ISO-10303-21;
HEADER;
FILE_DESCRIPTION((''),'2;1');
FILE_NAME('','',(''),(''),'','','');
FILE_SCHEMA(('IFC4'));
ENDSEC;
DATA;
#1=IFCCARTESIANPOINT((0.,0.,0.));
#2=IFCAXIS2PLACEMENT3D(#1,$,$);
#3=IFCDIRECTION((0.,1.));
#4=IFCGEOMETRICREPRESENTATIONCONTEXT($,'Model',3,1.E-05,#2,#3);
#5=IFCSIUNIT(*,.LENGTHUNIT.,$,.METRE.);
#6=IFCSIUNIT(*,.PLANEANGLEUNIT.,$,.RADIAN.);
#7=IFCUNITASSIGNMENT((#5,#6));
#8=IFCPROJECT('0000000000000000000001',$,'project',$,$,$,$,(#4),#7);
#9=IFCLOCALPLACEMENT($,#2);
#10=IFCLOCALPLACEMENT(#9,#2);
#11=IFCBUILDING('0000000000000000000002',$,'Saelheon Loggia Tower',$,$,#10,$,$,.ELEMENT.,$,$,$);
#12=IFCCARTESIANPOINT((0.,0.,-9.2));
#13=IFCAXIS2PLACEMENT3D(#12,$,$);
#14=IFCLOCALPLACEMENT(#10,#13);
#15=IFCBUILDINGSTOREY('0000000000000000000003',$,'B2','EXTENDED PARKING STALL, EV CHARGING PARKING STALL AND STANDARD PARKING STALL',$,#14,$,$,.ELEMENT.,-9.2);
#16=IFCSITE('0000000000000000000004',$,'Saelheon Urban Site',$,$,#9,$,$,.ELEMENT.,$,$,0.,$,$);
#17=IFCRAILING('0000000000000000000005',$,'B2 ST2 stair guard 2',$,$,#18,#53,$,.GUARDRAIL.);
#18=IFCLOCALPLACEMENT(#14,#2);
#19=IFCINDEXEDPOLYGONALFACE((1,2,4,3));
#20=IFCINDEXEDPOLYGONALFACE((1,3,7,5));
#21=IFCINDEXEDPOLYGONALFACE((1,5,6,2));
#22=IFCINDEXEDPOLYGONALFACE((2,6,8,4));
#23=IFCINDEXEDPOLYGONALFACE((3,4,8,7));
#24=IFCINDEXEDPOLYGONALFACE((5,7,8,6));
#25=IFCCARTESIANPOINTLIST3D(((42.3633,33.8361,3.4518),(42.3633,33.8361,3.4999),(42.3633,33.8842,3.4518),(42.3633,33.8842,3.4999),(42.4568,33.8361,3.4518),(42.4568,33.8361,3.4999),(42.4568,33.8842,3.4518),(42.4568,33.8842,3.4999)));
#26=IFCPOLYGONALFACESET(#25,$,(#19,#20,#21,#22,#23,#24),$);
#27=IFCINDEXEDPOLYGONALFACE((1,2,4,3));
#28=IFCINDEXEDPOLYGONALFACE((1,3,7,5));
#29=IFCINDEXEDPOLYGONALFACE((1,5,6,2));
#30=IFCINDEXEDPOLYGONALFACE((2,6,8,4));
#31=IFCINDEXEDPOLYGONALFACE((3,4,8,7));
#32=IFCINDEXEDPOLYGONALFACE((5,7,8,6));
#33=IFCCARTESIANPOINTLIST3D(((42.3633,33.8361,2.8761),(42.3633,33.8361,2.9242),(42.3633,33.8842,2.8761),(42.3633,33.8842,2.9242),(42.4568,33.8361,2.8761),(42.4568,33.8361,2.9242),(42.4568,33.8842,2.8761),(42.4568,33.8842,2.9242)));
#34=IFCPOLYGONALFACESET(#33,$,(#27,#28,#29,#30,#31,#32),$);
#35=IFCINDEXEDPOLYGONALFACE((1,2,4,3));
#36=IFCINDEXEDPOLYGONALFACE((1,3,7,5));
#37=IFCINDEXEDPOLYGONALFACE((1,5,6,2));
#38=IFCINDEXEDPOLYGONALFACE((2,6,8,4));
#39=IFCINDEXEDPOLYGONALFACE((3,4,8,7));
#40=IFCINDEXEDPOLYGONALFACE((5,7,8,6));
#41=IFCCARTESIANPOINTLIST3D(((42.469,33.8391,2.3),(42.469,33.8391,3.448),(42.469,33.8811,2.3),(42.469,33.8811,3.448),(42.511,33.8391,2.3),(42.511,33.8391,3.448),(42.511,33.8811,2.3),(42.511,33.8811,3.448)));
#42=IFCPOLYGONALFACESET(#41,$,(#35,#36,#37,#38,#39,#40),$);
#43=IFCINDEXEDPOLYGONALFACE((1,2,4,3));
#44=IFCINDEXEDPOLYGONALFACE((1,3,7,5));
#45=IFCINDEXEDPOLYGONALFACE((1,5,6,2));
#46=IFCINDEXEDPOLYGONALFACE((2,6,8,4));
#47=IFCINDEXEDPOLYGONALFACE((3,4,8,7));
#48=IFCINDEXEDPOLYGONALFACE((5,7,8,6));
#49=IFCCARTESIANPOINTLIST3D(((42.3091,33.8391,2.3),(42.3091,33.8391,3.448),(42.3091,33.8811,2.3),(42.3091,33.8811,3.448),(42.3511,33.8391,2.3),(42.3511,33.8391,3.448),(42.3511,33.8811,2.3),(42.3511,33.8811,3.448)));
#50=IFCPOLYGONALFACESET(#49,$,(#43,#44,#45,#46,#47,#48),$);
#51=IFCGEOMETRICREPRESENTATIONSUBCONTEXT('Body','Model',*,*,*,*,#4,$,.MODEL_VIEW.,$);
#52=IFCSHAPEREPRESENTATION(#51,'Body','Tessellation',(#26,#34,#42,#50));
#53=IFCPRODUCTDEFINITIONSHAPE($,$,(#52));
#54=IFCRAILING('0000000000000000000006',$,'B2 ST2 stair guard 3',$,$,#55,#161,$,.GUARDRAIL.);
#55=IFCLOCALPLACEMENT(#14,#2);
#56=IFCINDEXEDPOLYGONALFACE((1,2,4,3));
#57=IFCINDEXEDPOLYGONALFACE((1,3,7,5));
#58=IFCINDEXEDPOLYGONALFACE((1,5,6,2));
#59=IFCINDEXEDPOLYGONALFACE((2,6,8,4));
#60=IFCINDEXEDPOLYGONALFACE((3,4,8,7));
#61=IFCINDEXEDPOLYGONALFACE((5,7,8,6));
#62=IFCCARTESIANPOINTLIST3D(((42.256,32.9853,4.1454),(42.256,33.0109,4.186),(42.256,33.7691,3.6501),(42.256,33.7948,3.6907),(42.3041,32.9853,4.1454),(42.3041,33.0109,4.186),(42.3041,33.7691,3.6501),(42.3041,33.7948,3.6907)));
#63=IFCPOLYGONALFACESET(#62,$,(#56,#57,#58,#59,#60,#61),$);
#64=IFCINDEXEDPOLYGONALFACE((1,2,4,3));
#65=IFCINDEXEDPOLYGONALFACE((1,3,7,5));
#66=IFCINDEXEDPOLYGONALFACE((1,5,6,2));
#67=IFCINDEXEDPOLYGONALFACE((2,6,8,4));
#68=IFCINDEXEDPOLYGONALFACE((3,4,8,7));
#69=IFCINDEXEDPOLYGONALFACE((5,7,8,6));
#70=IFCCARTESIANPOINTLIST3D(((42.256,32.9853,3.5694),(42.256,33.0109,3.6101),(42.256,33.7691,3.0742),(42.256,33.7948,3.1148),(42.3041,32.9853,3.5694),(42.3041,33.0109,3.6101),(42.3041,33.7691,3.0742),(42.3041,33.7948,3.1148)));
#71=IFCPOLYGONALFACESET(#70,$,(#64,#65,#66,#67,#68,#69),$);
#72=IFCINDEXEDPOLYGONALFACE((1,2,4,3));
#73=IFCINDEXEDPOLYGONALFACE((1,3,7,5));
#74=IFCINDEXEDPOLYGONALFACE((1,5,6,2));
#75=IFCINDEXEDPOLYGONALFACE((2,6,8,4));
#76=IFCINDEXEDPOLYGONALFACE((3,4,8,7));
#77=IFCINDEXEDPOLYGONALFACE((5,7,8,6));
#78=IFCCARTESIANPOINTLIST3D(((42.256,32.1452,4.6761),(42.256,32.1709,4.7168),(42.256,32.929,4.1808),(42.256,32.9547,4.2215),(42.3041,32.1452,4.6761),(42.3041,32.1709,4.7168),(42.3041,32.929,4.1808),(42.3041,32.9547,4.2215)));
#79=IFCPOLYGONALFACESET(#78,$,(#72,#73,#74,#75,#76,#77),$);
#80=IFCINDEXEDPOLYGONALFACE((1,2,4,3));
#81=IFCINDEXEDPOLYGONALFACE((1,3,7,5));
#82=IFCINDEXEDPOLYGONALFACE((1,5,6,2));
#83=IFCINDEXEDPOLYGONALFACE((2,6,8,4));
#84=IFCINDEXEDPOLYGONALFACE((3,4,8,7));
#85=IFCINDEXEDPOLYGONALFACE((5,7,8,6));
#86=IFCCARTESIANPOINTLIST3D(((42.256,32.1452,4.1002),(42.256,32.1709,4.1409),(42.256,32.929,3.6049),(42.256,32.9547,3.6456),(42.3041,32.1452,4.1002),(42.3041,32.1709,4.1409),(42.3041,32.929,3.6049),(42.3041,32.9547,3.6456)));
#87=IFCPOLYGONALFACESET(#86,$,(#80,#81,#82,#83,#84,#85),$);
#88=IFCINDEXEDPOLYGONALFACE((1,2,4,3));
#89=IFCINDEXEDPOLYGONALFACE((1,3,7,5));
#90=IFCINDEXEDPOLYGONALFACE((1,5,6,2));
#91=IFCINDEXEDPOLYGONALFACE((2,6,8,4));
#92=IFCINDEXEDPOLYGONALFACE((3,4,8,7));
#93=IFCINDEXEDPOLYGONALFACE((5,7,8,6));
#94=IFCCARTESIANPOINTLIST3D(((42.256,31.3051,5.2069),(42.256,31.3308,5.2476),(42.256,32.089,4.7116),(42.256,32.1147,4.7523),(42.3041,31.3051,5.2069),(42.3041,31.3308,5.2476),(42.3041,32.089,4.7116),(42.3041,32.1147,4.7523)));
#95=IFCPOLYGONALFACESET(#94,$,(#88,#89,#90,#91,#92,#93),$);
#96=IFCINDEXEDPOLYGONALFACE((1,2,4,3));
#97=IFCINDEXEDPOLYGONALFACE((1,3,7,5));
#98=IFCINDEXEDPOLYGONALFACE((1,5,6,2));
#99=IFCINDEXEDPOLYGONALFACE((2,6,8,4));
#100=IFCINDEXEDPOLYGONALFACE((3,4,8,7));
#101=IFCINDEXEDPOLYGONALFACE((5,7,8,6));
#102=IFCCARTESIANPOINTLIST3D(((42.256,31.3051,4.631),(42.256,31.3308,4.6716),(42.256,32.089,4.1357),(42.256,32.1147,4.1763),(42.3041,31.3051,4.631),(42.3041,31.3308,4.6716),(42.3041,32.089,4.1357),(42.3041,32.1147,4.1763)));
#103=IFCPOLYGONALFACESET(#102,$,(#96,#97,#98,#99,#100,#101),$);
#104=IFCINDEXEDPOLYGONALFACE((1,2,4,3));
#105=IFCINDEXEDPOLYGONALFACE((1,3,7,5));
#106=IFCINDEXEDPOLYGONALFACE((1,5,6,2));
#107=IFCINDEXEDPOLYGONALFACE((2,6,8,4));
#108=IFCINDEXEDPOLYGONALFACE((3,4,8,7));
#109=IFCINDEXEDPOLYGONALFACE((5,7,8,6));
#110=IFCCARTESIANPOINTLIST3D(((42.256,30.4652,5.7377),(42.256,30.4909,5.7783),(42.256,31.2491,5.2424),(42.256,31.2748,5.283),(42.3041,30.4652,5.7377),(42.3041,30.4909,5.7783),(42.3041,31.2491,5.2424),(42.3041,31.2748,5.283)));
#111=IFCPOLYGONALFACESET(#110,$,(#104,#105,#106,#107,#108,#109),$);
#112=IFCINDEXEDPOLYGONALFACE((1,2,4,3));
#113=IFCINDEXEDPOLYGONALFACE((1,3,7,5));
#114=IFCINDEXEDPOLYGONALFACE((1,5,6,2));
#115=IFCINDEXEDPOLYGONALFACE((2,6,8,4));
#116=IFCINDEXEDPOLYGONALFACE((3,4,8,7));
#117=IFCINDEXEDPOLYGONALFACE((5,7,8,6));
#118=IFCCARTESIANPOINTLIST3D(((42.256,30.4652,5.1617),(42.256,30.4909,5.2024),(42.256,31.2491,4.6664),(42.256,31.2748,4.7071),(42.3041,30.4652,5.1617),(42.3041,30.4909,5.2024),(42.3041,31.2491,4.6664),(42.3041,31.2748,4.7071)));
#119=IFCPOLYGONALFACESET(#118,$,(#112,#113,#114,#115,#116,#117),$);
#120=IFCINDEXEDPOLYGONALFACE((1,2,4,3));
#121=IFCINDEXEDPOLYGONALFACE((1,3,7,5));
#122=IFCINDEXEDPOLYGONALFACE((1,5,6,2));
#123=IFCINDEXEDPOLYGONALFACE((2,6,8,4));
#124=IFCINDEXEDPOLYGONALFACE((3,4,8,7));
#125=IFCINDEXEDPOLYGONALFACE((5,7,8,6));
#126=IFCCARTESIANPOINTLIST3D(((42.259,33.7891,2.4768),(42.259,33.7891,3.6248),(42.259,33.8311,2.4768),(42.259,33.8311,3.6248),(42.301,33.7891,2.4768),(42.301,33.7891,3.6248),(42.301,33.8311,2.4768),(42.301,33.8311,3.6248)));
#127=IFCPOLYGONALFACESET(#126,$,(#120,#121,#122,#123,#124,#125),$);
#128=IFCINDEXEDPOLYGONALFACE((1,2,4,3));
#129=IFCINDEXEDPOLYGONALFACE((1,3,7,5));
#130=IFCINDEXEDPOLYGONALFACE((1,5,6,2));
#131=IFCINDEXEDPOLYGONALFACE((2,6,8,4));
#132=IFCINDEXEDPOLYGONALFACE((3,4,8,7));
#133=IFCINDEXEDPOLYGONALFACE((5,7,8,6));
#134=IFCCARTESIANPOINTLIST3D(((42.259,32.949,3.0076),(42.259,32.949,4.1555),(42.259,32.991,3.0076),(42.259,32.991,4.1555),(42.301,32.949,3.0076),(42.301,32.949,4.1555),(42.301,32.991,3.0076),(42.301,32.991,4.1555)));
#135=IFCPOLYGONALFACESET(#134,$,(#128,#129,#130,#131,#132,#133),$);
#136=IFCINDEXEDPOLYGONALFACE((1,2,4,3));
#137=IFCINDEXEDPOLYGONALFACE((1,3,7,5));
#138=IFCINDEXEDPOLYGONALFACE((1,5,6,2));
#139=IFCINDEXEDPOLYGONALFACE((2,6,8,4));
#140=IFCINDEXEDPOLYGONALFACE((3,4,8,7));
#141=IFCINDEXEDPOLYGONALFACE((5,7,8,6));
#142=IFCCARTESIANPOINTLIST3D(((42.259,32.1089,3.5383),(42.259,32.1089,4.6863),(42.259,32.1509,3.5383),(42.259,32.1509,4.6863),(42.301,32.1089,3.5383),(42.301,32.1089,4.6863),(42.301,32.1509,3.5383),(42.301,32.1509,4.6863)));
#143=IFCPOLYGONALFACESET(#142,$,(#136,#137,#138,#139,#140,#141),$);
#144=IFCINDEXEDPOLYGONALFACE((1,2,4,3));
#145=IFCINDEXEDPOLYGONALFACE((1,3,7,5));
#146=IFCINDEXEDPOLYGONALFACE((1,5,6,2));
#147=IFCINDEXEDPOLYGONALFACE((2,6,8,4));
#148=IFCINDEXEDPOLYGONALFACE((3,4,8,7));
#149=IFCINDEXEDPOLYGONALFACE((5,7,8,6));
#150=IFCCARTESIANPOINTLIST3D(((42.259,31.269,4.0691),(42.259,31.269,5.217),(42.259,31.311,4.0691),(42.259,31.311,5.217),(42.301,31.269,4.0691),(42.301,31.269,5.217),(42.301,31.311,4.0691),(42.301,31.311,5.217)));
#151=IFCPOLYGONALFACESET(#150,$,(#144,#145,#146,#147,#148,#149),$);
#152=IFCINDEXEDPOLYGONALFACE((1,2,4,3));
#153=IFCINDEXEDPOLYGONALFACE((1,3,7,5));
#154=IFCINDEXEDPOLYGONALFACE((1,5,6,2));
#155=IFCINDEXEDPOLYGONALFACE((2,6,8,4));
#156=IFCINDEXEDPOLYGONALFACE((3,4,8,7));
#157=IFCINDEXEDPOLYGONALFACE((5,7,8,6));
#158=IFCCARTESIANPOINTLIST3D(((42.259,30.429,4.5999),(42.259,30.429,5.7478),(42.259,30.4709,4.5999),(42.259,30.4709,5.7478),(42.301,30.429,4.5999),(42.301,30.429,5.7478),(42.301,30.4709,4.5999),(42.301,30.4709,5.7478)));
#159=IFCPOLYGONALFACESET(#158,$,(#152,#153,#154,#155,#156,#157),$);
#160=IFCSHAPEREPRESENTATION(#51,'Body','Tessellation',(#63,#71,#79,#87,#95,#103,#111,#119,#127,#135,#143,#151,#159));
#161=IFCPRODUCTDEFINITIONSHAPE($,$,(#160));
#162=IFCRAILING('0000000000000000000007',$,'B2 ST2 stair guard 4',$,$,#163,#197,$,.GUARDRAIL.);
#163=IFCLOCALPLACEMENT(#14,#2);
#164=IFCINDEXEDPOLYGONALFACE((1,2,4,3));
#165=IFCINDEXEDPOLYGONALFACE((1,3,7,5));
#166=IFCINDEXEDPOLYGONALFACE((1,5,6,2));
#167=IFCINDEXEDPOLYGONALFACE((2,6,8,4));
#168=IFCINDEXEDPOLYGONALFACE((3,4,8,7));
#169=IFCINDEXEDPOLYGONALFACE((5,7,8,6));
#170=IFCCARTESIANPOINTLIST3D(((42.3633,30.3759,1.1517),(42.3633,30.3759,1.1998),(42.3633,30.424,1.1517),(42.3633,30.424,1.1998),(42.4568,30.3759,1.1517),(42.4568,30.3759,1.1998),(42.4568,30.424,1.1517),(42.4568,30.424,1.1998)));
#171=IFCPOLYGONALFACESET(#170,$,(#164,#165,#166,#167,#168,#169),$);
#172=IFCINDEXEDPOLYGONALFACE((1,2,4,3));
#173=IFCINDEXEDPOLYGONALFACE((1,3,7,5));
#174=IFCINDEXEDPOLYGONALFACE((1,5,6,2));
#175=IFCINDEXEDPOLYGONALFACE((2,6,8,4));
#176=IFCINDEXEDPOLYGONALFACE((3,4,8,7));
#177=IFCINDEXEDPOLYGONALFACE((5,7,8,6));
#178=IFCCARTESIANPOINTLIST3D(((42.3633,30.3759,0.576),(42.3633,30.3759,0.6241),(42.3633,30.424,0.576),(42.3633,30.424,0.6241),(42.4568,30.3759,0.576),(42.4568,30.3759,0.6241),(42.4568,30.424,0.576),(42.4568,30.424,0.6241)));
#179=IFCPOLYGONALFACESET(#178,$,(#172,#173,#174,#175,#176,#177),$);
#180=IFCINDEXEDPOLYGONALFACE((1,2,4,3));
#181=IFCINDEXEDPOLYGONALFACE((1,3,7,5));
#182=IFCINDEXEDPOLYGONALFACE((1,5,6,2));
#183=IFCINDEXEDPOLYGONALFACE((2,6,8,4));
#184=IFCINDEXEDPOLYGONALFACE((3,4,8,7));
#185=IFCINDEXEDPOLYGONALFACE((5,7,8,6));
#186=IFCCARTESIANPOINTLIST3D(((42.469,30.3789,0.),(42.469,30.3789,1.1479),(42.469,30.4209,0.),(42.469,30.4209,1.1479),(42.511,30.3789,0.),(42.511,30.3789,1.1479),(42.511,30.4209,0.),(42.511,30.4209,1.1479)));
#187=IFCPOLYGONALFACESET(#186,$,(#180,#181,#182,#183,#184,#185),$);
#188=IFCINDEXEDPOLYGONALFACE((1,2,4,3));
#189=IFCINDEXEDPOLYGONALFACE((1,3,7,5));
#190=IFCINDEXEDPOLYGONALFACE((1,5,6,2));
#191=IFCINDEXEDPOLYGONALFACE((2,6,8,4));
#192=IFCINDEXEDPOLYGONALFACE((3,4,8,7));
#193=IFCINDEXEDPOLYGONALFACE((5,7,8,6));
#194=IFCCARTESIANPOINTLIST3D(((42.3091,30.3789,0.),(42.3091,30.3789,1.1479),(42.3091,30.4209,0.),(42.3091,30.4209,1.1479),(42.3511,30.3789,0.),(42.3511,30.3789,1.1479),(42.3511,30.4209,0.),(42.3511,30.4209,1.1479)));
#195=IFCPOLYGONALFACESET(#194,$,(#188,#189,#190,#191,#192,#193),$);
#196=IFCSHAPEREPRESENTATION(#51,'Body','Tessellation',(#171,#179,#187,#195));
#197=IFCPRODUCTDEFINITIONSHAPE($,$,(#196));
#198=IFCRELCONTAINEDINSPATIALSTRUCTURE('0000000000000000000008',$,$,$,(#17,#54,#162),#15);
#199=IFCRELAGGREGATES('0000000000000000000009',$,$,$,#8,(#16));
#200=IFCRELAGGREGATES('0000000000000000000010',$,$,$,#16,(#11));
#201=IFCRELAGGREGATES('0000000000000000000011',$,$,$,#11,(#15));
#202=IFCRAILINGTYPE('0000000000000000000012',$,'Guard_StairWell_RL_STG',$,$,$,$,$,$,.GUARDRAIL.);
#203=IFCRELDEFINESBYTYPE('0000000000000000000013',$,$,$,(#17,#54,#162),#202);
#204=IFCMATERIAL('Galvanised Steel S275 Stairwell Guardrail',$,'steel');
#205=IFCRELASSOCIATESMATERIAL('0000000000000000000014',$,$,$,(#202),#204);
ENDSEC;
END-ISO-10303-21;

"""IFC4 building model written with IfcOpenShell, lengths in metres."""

from ifc_helpers import new_model, si_unit, direction, frame, origin, origin_2d, place, context, subcontext, project, spatial, rectangle, extrude, material, type_object, element, save


model = new_model("IFC4")

# Units and contexts
model_context = context("Model", 3, precision=1e-05, world=origin(), true_north=direction((0.0, 1.0)))
body_context = subcontext(model_context, "Body", "Model", "MODEL_VIEW")
ifc_project = project(units=[si_unit("LENGTHUNIT", "METRE"), si_unit("PLANEANGLEUNIT", "RADIAN")], contexts=[model_context])

# Site, building, storey
site_placement = place(None, origin())
site = spatial("IfcSite", under=ifc_project, at=site_placement, Name="Saelheon Urban Site", CompositionType="ELEMENT", RefElevation=0.0)
building_placement = place(site_placement, origin())
building = spatial("IfcBuilding", under=site, at=building_placement, Name="Saelheon Loggia Tower", CompositionType="ELEMENT")
storey_placement = place(building_placement, frame((0.0, 0.0, -9.2)))
storey = spatial("IfcBuildingStorey", under=building, at=storey_placement, Name="B2", Description="EXTENDED PARKING STALL, EV CHARGING PARKING STALL AND STANDARD PARKING STALL", CompositionType="ELEMENT", Elevation=-9.2)

# Railings
ifc_material_1 = material(Name="Galvanised Steel S275 Stairwell Guardrail", Category="steel")
railing_type_1 = type_object("IfcRailingType", Name="Guard_StairWell_RL_STG", PredefinedType="GUARDRAIL", material=ifc_material_1)
railing_1_placement = place(storey_placement, frame((42.49, 33.8601, 2.3)))
element("IfcRailing", 1, at=railing_1_placement, inside=storey, type_object=railing_type_1, Name="B2 ST2 stair guard 2", PredefinedType="GUARDRAIL", context=body_context, shape_type="SweptSolid", body=[
    extrude(rectangle(XDim=0.0481, YDim=0.0481, at=origin_2d()), frame((-0.0332, 0.0, 1.1758), z_axis=(-1.0, 0.0, 0.0), x_axis=(0.0, -1.0, 0.0)), (0.0, 0.0, 1.0), 0.0935),
    extrude(rectangle(XDim=0.0481, YDim=0.0481, at=origin_2d()), frame((-0.0332, 0.0, 0.6001), z_axis=(-1.0, 0.0, 0.0), x_axis=(0.0, -1.0, 0.0)), (0.0, 0.0, 1.0), 0.0935),
    extrude(rectangle(XDim=0.042, YDim=0.042, at=origin_2d()), origin(), (0.0, 0.0, 1.0), 1.1479),
    extrude(rectangle(XDim=0.042, YDim=0.042, at=origin_2d()), frame((-0.1599, 0.0, 0.0)), (0.0, 0.0, 1.0), 1.1479),
])
railing_2_placement = place(storey_placement, frame((42.28, 33.8101, 2.4768)))
element("IfcRailing", 2, at=railing_2_placement, inside=storey, type_object=railing_type_1, Name="B2 ST2 stair guard 3", PredefinedType="GUARDRAIL", context=body_context, shape_type="SweptSolid", body=[
    extrude(rectangle(XDim=0.0481, YDim=0.0481, at=origin_2d()), frame((0.0, -0.0281, 1.1936), z_axis=(0.0, -0.84539, 0.53415), x_axis=(1.0, 0.0, 0.0)), (0.0, 0.0, 1.0), 0.9272),
    extrude(rectangle(XDim=0.0481, YDim=0.0481, at=origin_2d()), frame((0.0, -0.0281, 0.6177), z_axis=(0.0, -0.84539, 0.53415), x_axis=(1.0, 0.0, 0.0)), (0.0, 0.0, 1.0), 0.9272),
    extrude(rectangle(XDim=0.0481, YDim=0.0481, at=origin_2d()), frame((0.0, -0.8682, 1.7244), z_axis=(0.0, -0.84539, 0.53415), x_axis=(1.0, 0.0, 0.0)), (0.0, 0.0, 1.0), 0.9272),
    extrude(rectangle(XDim=0.0481, YDim=0.0481, at=origin_2d()), frame((0.0, -0.8682, 1.1484), z_axis=(0.0, -0.84539, 0.53415), x_axis=(1.0, 0.0, 0.0)), (0.0, 0.0, 1.0), 0.9272),
    extrude(rectangle(XDim=0.0481, YDim=0.0481, at=origin_2d()), frame((0.0, -1.7083, 2.2551), z_axis=(0.0, -0.84539, 0.53415), x_axis=(1.0, 0.0, 0.0)), (0.0, 0.0, 1.0), 0.9272),
    extrude(rectangle(XDim=0.0481, YDim=0.0481, at=origin_2d()), frame((0.0, -1.7083, 1.6792), z_axis=(0.0, -0.84539, 0.53415), x_axis=(1.0, 0.0, 0.0)), (0.0, 0.0, 1.0), 0.9272),
    extrude(rectangle(XDim=0.0481, YDim=0.0481, at=origin_2d()), frame((0.0, -2.5481, 2.7859), z_axis=(0.0, -0.84539, 0.53415), x_axis=(1.0, 0.0, 0.0)), (0.0, 0.0, 1.0), 0.9272),
    extrude(rectangle(XDim=0.0481, YDim=0.0481, at=origin_2d()), frame((0.0, -2.5481, 2.21), z_axis=(0.0, -0.84539, 0.53415), x_axis=(1.0, 0.0, 0.0)), (0.0, 0.0, 1.0), 0.9272),
    extrude(rectangle(XDim=0.042, YDim=0.042, at=origin_2d()), origin(), (0.0, 0.0, 1.0), 1.1479),
    extrude(rectangle(XDim=0.042, YDim=0.042, at=origin_2d()), frame((0.0, -0.8401, 0.5308)), (0.0, 0.0, 1.0), 1.1479),
    extrude(rectangle(XDim=0.042, YDim=0.042, at=origin_2d()), frame((0.0, -1.6802, 1.0615)), (0.0, 0.0, 1.0), 1.1479),
    extrude(rectangle(XDim=0.042, YDim=0.042, at=origin_2d()), frame((0.0, -2.52, 1.5923)), (0.0, 0.0, 1.0), 1.1479),
    extrude(rectangle(XDim=0.042, YDim=0.042, at=origin_2d()), frame((0.0, -3.3601, 2.123)), (0.0, 0.0, 1.0), 1.1479),
])
railing_3_placement = place(storey_placement, frame((42.49, 30.3999, 0.0)))
element("IfcRailing", 3, at=railing_3_placement, inside=storey, type_object=railing_type_1, Name="B2 ST2 stair guard 4", PredefinedType="GUARDRAIL", context=body_context, shape_type="SweptSolid", body=[
    extrude(rectangle(XDim=0.0481, YDim=0.0481, at=origin_2d()), frame((-0.0332, 0.0, 1.1758), z_axis=(-1.0, 0.0, 0.0), x_axis=(0.0, -1.0, 0.0)), (0.0, 0.0, 1.0), 0.0935),
    extrude(rectangle(XDim=0.0481, YDim=0.0481, at=origin_2d()), frame((-0.0332, 0.0, 0.6001), z_axis=(-1.0, 0.0, 0.0), x_axis=(0.0, -1.0, 0.0)), (0.0, 0.0, 1.0), 0.0935),
    extrude(rectangle(XDim=0.042, YDim=0.042, at=origin_2d()), origin(), (0.0, 0.0, 1.0), 1.1479),
    extrude(rectangle(XDim=0.042, YDim=0.042, at=origin_2d()), frame((-0.1599, 0.0, 0.0)), (0.0, 0.0, 1.0), 1.1479),
])

save(model, "model.ifc")
